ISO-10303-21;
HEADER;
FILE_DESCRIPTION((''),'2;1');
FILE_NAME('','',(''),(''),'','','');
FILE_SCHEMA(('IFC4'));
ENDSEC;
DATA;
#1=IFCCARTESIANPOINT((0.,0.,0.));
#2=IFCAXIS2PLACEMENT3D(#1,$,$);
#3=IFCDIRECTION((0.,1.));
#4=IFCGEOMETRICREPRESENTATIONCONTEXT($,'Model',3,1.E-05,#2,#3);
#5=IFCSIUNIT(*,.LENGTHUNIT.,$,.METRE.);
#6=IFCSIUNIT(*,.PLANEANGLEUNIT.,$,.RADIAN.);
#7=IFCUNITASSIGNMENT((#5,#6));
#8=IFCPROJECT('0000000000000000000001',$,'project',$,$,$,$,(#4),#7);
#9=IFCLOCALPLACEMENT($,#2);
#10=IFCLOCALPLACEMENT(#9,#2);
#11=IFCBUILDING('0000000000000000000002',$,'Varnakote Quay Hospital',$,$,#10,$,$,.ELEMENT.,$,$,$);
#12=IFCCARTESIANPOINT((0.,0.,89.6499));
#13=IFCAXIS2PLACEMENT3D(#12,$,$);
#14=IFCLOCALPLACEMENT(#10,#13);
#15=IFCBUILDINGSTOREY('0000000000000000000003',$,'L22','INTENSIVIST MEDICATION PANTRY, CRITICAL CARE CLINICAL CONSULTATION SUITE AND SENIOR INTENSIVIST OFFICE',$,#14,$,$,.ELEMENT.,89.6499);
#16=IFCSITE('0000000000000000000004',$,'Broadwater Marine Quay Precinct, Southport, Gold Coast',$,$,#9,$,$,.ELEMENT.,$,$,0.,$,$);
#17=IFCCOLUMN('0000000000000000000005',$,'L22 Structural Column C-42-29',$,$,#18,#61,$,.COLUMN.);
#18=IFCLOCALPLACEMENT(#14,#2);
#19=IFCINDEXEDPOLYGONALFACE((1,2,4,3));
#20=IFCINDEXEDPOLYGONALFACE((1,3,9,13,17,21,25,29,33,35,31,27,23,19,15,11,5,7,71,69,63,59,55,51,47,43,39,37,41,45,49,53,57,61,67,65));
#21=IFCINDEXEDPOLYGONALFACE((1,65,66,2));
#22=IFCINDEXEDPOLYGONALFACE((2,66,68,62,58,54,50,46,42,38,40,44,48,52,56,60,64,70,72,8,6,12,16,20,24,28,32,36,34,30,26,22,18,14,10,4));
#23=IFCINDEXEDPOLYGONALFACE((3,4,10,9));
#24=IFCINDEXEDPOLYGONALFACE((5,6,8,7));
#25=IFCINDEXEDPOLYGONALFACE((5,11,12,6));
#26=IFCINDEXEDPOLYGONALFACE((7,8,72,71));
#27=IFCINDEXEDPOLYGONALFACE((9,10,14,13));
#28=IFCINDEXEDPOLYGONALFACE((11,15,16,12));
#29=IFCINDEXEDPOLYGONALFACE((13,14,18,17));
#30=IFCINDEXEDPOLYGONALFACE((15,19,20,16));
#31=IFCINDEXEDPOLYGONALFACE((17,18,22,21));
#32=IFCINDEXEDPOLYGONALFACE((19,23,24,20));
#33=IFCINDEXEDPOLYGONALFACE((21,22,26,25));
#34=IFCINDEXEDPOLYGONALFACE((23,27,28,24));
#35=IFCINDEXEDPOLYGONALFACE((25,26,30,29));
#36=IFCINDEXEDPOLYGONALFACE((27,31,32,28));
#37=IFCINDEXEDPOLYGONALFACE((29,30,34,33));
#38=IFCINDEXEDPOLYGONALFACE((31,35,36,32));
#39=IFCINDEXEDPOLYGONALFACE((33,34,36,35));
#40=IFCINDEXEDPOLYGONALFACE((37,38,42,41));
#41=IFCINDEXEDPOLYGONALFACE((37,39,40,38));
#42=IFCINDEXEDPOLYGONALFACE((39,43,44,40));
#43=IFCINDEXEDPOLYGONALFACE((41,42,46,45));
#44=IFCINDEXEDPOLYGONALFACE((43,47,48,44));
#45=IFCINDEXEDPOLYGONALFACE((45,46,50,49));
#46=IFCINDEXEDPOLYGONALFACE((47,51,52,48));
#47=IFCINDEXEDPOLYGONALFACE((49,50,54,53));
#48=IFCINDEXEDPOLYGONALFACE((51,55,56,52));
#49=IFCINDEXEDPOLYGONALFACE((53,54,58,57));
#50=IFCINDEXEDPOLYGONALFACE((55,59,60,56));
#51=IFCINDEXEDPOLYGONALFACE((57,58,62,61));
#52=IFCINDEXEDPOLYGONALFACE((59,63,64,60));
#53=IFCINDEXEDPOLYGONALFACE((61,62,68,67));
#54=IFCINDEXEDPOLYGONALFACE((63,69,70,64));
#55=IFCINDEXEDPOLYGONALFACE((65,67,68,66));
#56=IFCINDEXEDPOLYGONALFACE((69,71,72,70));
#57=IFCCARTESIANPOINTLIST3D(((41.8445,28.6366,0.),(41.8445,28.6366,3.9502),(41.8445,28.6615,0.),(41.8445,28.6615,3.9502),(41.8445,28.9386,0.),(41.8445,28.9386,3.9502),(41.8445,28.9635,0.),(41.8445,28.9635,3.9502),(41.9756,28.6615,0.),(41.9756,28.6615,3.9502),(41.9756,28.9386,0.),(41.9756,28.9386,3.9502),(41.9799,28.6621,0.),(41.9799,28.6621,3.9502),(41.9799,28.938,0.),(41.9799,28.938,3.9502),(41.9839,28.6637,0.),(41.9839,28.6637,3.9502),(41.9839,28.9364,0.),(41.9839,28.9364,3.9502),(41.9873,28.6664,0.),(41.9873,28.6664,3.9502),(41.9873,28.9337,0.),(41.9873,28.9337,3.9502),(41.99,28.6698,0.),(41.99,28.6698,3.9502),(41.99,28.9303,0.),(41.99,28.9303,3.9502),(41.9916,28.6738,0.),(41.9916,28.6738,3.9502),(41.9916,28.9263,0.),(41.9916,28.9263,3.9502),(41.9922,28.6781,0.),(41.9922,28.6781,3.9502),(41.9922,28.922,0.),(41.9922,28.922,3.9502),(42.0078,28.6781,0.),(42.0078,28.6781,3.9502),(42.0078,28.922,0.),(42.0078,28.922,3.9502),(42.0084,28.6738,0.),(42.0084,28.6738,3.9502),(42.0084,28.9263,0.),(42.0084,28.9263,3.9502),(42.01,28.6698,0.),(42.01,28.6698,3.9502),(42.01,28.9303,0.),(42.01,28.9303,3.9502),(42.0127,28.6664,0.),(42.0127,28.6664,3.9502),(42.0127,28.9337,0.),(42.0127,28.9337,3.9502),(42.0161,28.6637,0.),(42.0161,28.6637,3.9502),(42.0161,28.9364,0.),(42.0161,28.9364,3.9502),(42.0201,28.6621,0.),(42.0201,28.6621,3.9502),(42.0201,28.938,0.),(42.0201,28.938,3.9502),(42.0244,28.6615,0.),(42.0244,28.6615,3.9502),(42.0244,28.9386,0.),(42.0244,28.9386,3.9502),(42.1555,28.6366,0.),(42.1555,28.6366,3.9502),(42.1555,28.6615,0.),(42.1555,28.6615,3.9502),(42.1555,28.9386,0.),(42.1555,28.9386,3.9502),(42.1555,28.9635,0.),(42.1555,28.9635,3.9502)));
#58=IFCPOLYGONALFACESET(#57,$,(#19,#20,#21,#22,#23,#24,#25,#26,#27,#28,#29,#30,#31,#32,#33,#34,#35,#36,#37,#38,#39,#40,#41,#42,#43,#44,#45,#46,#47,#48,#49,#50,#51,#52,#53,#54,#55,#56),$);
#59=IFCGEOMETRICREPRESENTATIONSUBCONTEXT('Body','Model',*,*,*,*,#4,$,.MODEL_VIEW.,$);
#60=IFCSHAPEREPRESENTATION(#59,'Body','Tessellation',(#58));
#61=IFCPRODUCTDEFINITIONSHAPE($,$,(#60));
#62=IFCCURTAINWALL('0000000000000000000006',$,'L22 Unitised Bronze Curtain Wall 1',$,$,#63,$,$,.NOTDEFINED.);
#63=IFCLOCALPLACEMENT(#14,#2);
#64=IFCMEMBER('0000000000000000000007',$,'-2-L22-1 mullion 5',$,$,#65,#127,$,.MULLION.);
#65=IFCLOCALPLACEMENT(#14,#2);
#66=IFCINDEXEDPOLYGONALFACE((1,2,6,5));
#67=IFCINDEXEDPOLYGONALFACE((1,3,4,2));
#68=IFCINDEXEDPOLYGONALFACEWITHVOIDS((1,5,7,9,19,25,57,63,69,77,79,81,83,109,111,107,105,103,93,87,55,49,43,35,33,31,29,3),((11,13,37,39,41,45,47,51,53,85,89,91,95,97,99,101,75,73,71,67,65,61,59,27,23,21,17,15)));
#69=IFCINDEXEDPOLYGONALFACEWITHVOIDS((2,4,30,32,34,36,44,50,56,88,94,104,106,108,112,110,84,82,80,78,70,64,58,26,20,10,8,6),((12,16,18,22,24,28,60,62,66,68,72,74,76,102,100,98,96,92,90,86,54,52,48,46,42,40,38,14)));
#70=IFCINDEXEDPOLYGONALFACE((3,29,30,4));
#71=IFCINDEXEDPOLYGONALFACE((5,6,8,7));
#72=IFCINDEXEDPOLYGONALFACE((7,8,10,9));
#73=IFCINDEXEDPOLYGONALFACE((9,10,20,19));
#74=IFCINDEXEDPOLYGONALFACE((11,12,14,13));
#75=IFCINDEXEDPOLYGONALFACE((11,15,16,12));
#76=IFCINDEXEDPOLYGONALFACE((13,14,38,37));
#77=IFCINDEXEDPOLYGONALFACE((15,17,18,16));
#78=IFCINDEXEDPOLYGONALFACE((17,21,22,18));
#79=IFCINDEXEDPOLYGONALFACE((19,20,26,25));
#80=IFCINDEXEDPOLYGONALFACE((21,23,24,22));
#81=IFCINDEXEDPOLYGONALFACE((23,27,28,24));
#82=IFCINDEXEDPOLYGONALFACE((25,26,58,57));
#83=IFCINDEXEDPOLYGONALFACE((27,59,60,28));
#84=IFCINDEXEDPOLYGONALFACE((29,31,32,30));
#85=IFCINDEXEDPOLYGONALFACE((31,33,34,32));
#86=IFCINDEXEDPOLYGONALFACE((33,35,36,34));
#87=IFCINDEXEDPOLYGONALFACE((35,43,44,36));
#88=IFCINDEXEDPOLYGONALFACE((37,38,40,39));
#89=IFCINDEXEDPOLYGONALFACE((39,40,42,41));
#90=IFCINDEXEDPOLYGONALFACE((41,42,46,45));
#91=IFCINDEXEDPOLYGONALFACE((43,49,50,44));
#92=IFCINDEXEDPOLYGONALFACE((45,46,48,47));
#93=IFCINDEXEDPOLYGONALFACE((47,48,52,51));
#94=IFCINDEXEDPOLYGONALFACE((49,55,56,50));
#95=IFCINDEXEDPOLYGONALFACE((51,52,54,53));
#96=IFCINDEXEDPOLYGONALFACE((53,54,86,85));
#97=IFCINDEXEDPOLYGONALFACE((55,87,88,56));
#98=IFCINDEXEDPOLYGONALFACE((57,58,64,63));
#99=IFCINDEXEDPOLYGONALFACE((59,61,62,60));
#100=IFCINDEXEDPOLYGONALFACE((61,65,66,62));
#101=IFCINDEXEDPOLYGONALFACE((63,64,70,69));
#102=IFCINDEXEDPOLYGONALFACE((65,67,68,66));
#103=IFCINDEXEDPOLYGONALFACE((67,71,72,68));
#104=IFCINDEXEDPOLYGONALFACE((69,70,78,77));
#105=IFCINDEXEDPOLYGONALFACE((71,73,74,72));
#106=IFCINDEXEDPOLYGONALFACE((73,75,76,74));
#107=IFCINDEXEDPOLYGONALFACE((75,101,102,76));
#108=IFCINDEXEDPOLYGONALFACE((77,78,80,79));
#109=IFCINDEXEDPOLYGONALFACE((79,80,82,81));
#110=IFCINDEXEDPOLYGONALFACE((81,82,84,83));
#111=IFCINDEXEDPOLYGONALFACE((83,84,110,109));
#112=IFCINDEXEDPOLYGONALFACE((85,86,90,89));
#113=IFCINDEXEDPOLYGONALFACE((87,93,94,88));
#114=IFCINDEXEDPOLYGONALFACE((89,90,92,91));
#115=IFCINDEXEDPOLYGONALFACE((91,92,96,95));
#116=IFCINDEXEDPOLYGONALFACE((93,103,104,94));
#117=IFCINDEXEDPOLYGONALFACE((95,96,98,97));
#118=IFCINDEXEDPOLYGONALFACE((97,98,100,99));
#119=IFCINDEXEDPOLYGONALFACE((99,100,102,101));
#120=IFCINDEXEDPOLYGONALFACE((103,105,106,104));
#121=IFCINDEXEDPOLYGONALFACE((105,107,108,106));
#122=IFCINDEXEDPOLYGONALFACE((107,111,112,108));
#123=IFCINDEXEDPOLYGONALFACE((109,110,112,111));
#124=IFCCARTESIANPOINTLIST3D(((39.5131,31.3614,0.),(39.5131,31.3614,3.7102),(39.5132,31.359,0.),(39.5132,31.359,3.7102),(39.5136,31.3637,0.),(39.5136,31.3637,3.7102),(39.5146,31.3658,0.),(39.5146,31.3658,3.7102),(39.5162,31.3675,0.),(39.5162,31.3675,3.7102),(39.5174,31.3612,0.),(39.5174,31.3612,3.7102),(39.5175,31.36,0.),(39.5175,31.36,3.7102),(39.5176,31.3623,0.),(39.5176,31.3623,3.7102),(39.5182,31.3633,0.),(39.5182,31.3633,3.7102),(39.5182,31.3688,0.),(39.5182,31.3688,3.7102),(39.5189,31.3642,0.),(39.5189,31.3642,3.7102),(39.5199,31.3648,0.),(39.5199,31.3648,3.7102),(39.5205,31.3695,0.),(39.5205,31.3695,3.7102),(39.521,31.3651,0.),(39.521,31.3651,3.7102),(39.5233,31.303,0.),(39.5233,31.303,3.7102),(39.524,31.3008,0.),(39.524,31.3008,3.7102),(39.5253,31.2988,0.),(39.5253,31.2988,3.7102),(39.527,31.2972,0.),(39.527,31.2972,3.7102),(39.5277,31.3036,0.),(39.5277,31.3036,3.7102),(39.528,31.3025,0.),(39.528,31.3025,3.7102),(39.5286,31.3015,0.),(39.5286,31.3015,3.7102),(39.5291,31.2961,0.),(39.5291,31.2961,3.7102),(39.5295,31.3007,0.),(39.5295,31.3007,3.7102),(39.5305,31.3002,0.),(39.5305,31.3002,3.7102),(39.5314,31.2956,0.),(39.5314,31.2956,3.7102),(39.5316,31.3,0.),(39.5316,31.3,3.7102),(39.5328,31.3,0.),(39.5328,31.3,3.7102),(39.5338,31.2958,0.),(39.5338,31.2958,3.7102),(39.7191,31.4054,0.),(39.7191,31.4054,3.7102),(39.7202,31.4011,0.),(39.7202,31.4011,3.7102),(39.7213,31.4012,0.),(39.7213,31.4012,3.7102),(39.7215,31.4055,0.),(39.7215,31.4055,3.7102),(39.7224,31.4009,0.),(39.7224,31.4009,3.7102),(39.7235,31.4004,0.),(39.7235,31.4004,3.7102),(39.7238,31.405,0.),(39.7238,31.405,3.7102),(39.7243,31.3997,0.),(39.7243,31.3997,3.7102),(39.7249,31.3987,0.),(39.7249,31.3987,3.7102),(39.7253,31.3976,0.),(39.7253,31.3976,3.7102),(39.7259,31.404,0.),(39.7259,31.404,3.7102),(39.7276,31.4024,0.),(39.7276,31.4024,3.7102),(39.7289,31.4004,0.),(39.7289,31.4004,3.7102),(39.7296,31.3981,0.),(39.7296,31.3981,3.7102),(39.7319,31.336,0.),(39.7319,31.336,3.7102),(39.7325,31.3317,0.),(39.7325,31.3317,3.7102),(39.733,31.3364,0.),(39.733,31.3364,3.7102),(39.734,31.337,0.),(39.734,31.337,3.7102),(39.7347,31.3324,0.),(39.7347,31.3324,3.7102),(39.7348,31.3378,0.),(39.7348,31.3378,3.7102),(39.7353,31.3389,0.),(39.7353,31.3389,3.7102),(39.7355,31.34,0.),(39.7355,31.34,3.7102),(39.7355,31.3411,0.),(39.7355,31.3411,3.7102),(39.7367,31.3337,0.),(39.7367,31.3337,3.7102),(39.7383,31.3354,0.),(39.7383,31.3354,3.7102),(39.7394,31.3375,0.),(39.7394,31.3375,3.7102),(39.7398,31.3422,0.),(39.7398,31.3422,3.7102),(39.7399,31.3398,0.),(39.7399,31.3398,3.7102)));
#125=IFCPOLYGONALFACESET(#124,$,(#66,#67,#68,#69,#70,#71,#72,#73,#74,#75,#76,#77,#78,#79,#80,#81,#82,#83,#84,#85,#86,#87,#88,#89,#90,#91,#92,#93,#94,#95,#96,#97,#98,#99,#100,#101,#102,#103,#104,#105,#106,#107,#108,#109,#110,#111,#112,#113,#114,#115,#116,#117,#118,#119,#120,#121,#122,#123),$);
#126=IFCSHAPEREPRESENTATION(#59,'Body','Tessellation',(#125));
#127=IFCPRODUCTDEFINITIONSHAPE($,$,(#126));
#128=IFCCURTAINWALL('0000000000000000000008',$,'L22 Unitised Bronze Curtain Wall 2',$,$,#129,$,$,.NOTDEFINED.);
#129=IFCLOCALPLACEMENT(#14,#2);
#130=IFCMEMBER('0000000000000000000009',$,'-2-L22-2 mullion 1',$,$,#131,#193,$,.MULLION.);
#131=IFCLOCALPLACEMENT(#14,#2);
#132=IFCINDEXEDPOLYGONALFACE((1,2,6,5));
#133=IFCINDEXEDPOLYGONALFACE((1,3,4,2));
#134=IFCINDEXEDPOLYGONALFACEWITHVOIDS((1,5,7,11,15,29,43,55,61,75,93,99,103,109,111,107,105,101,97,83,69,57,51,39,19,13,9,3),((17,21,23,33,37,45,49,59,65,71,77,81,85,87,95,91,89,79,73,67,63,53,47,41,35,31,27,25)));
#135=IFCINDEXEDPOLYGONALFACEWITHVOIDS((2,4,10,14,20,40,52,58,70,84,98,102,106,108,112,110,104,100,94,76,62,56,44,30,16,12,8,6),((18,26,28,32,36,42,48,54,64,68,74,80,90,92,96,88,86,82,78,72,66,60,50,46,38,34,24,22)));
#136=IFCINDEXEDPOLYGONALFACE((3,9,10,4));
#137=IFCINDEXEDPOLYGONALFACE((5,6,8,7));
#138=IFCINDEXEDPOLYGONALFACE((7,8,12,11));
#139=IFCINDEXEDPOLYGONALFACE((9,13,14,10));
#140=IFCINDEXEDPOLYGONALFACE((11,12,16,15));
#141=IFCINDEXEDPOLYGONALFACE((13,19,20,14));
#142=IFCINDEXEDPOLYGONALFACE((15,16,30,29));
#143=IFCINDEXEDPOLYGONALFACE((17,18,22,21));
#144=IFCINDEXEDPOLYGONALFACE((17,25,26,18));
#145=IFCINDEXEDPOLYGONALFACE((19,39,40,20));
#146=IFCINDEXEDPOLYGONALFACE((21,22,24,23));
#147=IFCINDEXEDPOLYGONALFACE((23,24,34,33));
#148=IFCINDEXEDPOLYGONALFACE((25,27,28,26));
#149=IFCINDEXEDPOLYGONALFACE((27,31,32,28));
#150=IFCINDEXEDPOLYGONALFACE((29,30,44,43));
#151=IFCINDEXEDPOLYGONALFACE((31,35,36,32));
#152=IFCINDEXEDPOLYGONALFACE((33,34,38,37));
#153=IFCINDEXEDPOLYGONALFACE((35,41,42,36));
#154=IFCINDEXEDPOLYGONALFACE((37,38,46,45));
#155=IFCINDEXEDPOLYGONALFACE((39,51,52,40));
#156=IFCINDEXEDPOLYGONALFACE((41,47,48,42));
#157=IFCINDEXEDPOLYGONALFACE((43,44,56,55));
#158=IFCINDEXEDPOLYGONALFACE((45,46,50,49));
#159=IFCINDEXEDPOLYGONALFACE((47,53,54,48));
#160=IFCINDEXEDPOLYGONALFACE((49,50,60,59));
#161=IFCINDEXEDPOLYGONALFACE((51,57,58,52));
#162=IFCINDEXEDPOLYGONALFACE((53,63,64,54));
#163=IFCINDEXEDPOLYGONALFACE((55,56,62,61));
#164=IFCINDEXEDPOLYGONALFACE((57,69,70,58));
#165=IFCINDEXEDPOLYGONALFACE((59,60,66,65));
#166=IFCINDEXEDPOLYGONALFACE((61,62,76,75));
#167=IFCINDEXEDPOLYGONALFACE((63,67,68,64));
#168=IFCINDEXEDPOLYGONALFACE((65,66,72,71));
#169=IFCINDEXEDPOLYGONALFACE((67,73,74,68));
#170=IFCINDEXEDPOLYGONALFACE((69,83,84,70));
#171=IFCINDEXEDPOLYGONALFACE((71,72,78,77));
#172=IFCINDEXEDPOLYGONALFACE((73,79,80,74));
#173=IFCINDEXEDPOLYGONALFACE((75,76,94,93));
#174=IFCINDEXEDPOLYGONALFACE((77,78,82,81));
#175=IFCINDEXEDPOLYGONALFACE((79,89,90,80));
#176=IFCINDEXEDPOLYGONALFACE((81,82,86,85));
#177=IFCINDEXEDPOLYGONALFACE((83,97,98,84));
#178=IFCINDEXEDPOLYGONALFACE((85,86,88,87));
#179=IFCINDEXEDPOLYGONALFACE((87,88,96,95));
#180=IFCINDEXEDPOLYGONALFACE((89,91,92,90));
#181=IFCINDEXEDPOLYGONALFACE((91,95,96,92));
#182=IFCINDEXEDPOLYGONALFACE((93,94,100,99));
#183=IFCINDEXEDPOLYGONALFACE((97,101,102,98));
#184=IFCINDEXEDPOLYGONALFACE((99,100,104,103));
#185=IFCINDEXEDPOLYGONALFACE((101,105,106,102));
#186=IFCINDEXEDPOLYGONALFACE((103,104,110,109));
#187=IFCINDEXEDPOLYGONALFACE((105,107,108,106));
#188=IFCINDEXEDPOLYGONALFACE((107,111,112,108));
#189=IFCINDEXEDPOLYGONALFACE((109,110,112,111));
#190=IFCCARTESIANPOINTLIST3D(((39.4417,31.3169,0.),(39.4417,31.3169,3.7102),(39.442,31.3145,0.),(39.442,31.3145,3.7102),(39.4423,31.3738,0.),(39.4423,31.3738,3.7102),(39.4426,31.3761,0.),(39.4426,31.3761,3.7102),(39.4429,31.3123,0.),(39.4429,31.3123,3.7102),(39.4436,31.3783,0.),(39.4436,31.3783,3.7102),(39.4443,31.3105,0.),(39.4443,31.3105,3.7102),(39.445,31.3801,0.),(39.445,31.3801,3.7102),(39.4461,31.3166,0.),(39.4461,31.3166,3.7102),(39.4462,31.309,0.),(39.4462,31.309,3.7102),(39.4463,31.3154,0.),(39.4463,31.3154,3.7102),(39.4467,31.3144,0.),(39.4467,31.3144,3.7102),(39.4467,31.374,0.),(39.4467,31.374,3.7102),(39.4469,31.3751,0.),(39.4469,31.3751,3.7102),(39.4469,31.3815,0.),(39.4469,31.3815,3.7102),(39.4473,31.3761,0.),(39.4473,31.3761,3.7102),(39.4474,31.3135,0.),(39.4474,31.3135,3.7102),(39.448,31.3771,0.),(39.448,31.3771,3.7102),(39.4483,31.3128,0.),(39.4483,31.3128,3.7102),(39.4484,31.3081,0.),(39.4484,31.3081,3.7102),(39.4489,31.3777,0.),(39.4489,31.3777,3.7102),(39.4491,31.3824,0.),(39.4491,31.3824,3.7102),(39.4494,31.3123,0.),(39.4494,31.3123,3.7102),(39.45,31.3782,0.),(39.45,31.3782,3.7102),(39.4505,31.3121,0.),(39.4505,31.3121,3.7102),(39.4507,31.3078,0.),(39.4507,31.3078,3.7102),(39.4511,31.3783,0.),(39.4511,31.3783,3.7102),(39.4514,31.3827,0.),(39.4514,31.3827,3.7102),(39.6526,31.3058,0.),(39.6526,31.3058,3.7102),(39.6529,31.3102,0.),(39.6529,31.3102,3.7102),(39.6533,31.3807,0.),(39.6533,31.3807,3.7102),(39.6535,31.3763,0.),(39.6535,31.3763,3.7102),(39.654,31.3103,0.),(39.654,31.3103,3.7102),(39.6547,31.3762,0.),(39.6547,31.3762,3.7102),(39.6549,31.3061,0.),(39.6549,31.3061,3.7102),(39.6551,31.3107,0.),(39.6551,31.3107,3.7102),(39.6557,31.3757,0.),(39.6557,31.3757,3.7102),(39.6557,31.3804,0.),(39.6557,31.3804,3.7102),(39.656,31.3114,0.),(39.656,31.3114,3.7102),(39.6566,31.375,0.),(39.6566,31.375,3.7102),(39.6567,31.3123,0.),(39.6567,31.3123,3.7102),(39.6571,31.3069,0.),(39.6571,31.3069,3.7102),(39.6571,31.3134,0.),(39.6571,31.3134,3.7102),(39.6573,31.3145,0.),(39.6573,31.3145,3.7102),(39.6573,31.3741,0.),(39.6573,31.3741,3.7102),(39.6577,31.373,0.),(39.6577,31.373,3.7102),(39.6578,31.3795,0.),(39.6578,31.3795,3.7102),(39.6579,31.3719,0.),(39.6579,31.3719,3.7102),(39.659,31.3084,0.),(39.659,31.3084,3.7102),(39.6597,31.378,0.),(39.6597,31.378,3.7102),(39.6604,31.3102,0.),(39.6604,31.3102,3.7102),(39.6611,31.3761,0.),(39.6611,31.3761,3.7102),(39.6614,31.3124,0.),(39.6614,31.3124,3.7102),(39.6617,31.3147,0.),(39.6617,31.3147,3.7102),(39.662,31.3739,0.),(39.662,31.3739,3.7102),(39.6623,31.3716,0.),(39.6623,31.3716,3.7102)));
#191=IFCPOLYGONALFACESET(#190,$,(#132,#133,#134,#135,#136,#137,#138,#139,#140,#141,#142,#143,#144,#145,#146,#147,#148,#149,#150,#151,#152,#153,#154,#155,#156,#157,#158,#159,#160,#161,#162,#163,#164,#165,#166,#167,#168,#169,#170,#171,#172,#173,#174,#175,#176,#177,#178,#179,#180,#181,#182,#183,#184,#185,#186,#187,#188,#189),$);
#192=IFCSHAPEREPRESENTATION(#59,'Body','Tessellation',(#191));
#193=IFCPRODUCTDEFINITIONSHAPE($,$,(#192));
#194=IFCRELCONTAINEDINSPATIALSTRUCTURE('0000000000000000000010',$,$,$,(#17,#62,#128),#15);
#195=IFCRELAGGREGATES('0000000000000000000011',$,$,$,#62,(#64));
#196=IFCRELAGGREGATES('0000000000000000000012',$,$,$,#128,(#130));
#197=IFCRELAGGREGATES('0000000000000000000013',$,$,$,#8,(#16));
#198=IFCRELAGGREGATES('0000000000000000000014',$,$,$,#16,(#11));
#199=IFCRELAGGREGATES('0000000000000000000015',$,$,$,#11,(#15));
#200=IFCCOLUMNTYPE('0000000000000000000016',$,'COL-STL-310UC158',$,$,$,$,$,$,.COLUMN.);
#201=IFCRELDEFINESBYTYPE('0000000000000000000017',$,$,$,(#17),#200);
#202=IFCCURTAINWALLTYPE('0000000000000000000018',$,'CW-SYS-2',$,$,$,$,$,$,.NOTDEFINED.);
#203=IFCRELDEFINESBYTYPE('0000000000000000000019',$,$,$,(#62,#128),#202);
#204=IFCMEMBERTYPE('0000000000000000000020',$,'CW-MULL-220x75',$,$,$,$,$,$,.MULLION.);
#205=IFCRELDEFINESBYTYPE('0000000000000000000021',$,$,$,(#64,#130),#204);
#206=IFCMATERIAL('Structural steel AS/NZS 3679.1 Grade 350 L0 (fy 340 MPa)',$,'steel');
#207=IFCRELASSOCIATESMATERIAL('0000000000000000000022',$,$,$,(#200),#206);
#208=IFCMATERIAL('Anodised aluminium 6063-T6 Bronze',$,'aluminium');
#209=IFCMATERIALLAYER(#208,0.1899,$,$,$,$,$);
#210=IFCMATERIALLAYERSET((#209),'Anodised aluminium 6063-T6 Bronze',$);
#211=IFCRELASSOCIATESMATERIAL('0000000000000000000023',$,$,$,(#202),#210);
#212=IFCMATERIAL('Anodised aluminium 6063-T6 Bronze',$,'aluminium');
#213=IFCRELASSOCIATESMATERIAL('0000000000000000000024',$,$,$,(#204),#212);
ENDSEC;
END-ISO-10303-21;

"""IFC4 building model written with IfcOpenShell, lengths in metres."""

from ifc_helpers import new_model, si_unit, direction, frame, origin, origin_2d, place, context, subcontext, project, spatial, hollow_rectangle, i_section, extrude, material, layer, layer_set, material_profile, profile_set, type_object, element, aggregate, save


model = new_model("IFC4")

# Units and contexts
model_context = context("Model", 3, precision=1e-05, world=origin(), true_north=direction((0.0, 1.0)))
body_context = subcontext(model_context, "Body", "Model", "MODEL_VIEW")
ifc_project = project(units=[si_unit("LENGTHUNIT", "METRE"), si_unit("PLANEANGLEUNIT", "RADIAN")], contexts=[model_context])

# Site, building, storey
site_placement = place(None, origin())
site = spatial("IfcSite", under=ifc_project, at=site_placement, Name="Broadwater Marine Quay Precinct, Southport, Gold Coast", CompositionType="ELEMENT", RefElevation=0.0)
building_placement = place(site_placement, origin())
building = spatial("IfcBuilding", under=site, at=building_placement, Name="Varnakote Quay Hospital", CompositionType="ELEMENT")
storey_placement = place(building_placement, frame((0.0, 0.0, 89.6499)))
storey = spatial("IfcBuildingStorey", under=building, at=storey_placement, Name="L22", Description="INTENSIVIST MEDICATION PANTRY, CRITICAL CARE CLINICAL CONSULTATION SUITE AND SENIOR INTENSIVIST OFFICE", CompositionType="ELEMENT", Elevation=89.6499)

# Column
ifc_material_1 = material(Name="Structural steel AS/NZS 3679.1 Grade 350 L0 (fy 340 MPa)", Category="steel")
ifc_material_profile_1 = material_profile(ifc_material_1, i_section(OverallWidth=0.311, OverallDepth=0.3269, WebThickness=0.0156, FlangeThickness=0.0249, FilletRadius=0.0166, at=origin_2d()), Name="310UC158")
ifc_profile_set_1 = profile_set([ifc_material_profile_1], Name="Structural steel AS/NZS 3679.1 Grade 350 L0 (fy 340 MPa)")
column_type = type_object("IfcColumnType", Name="COL-STL-310UC158", PredefinedType="COLUMN", material=ifc_profile_set_1)
column_placement = place(storey_placement, frame((42.0, 28.8, 0.0), z_axis=(0.0, 0.0, 1.0), x_axis=(1.0, 0.0, 0.0)))
element("IfcColumn", 1, at=column_placement, inside=storey, type_object=column_type, Name="L22 Structural Column C-42-29", PredefinedType="COLUMN", context=body_context, shape_type="SweptSolid", body=[
    extrude(i_section(OverallWidth=0.311, OverallDepth=0.3269, WebThickness=0.0156, FlangeThickness=0.0249, FilletRadius=0.0166, at=origin_2d()), origin(), (0.0, 0.0, 1.0), 3.9502),
])

# Curtain wall, member
ifc_material_2 = material(Name="Anodised aluminium 6063-T6 Bronze", Category="aluminium")
ifc_layer_1 = layer(ifc_material_2, 0.1899)
ifc_layer_set_1 = layer_set([ifc_layer_1], Name="Anodised aluminium 6063-T6 Bronze")
curtain_wall_type = type_object("IfcCurtainWallType", Name="CW-SYS-2", PredefinedType="NOTDEFINED", material=ifc_layer_set_1)
curtain_wall_1_placement = place(storey_placement, origin())
curtain_wall_1 = element("IfcCurtainWall", 2, at=curtain_wall_1_placement, inside=storey, type_object=curtain_wall_type, Name="L22 Unitised Bronze Curtain Wall 1", PredefinedType="NOTDEFINED")
ifc_material_3 = material(Name="Anodised aluminium 6063-T6 Bronze", Category="aluminium")
ifc_material_profile_2 = material_profile(ifc_material_3, hollow_rectangle(XDim=0.075, YDim=0.22, WallThickness=0.0044, InnerFilletRadius=0.0044, OuterFilletRadius=0.009, at=origin_2d()), Name="CW-MULL-220x75")
ifc_profile_set_2 = profile_set([ifc_material_profile_2], Name="Anodised aluminium 6063-T6 Bronze")
member_type_1 = type_object("IfcMemberType", Name="CW-MULL-220x75", PredefinedType="MULLION", material=ifc_profile_set_2)
member_1_placement = place(storey_placement, frame((39.6265, 31.3506, 0.0), z_axis=(0.0, 0.0, 1.0), x_axis=(0.177846, -0.984058, 0.0)))
member_1 = element("IfcMember", 3, at=member_1_placement, type_object=member_type_1, Name="-2-L22-1 mullion 5", PredefinedType="MULLION", context=body_context, shape_type="SweptSolid", body=[
    extrude(hollow_rectangle(XDim=0.075, YDim=0.22, WallThickness=0.0044, InnerFilletRadius=0.0044, OuterFilletRadius=0.009, at=origin_2d()), origin(), (0.0, 0.0, 1.0), 3.7102),
])

# Curtain wall, member
curtain_wall_2_placement = place(storey_placement, origin())
curtain_wall_2 = element("IfcCurtainWall", 4, at=curtain_wall_2_placement, inside=storey, type_object=curtain_wall_type, Name="L22 Unitised Bronze Curtain Wall 2", PredefinedType="NOTDEFINED")
member_2_placement = place(storey_placement, frame((39.552, 31.3442, 0.0), z_axis=(0.0, 0.0, 1.0), x_axis=(-0.009774, -0.999952, 0.0)))
member_2 = element("IfcMember", 5, at=member_2_placement, type_object=member_type_1, Name="-2-L22-2 mullion 1", PredefinedType="MULLION", context=body_context, shape_type="SweptSolid", body=[
    extrude(hollow_rectangle(XDim=0.075, YDim=0.22, WallThickness=0.0044, InnerFilletRadius=0.0044, OuterFilletRadius=0.009, at=origin_2d()), origin(), (0.0, 0.0, 1.0), 3.7102),
])

aggregate(curtain_wall_1, [member_1])
aggregate(curtain_wall_2, [member_2])

save(model, "model.ifc")
